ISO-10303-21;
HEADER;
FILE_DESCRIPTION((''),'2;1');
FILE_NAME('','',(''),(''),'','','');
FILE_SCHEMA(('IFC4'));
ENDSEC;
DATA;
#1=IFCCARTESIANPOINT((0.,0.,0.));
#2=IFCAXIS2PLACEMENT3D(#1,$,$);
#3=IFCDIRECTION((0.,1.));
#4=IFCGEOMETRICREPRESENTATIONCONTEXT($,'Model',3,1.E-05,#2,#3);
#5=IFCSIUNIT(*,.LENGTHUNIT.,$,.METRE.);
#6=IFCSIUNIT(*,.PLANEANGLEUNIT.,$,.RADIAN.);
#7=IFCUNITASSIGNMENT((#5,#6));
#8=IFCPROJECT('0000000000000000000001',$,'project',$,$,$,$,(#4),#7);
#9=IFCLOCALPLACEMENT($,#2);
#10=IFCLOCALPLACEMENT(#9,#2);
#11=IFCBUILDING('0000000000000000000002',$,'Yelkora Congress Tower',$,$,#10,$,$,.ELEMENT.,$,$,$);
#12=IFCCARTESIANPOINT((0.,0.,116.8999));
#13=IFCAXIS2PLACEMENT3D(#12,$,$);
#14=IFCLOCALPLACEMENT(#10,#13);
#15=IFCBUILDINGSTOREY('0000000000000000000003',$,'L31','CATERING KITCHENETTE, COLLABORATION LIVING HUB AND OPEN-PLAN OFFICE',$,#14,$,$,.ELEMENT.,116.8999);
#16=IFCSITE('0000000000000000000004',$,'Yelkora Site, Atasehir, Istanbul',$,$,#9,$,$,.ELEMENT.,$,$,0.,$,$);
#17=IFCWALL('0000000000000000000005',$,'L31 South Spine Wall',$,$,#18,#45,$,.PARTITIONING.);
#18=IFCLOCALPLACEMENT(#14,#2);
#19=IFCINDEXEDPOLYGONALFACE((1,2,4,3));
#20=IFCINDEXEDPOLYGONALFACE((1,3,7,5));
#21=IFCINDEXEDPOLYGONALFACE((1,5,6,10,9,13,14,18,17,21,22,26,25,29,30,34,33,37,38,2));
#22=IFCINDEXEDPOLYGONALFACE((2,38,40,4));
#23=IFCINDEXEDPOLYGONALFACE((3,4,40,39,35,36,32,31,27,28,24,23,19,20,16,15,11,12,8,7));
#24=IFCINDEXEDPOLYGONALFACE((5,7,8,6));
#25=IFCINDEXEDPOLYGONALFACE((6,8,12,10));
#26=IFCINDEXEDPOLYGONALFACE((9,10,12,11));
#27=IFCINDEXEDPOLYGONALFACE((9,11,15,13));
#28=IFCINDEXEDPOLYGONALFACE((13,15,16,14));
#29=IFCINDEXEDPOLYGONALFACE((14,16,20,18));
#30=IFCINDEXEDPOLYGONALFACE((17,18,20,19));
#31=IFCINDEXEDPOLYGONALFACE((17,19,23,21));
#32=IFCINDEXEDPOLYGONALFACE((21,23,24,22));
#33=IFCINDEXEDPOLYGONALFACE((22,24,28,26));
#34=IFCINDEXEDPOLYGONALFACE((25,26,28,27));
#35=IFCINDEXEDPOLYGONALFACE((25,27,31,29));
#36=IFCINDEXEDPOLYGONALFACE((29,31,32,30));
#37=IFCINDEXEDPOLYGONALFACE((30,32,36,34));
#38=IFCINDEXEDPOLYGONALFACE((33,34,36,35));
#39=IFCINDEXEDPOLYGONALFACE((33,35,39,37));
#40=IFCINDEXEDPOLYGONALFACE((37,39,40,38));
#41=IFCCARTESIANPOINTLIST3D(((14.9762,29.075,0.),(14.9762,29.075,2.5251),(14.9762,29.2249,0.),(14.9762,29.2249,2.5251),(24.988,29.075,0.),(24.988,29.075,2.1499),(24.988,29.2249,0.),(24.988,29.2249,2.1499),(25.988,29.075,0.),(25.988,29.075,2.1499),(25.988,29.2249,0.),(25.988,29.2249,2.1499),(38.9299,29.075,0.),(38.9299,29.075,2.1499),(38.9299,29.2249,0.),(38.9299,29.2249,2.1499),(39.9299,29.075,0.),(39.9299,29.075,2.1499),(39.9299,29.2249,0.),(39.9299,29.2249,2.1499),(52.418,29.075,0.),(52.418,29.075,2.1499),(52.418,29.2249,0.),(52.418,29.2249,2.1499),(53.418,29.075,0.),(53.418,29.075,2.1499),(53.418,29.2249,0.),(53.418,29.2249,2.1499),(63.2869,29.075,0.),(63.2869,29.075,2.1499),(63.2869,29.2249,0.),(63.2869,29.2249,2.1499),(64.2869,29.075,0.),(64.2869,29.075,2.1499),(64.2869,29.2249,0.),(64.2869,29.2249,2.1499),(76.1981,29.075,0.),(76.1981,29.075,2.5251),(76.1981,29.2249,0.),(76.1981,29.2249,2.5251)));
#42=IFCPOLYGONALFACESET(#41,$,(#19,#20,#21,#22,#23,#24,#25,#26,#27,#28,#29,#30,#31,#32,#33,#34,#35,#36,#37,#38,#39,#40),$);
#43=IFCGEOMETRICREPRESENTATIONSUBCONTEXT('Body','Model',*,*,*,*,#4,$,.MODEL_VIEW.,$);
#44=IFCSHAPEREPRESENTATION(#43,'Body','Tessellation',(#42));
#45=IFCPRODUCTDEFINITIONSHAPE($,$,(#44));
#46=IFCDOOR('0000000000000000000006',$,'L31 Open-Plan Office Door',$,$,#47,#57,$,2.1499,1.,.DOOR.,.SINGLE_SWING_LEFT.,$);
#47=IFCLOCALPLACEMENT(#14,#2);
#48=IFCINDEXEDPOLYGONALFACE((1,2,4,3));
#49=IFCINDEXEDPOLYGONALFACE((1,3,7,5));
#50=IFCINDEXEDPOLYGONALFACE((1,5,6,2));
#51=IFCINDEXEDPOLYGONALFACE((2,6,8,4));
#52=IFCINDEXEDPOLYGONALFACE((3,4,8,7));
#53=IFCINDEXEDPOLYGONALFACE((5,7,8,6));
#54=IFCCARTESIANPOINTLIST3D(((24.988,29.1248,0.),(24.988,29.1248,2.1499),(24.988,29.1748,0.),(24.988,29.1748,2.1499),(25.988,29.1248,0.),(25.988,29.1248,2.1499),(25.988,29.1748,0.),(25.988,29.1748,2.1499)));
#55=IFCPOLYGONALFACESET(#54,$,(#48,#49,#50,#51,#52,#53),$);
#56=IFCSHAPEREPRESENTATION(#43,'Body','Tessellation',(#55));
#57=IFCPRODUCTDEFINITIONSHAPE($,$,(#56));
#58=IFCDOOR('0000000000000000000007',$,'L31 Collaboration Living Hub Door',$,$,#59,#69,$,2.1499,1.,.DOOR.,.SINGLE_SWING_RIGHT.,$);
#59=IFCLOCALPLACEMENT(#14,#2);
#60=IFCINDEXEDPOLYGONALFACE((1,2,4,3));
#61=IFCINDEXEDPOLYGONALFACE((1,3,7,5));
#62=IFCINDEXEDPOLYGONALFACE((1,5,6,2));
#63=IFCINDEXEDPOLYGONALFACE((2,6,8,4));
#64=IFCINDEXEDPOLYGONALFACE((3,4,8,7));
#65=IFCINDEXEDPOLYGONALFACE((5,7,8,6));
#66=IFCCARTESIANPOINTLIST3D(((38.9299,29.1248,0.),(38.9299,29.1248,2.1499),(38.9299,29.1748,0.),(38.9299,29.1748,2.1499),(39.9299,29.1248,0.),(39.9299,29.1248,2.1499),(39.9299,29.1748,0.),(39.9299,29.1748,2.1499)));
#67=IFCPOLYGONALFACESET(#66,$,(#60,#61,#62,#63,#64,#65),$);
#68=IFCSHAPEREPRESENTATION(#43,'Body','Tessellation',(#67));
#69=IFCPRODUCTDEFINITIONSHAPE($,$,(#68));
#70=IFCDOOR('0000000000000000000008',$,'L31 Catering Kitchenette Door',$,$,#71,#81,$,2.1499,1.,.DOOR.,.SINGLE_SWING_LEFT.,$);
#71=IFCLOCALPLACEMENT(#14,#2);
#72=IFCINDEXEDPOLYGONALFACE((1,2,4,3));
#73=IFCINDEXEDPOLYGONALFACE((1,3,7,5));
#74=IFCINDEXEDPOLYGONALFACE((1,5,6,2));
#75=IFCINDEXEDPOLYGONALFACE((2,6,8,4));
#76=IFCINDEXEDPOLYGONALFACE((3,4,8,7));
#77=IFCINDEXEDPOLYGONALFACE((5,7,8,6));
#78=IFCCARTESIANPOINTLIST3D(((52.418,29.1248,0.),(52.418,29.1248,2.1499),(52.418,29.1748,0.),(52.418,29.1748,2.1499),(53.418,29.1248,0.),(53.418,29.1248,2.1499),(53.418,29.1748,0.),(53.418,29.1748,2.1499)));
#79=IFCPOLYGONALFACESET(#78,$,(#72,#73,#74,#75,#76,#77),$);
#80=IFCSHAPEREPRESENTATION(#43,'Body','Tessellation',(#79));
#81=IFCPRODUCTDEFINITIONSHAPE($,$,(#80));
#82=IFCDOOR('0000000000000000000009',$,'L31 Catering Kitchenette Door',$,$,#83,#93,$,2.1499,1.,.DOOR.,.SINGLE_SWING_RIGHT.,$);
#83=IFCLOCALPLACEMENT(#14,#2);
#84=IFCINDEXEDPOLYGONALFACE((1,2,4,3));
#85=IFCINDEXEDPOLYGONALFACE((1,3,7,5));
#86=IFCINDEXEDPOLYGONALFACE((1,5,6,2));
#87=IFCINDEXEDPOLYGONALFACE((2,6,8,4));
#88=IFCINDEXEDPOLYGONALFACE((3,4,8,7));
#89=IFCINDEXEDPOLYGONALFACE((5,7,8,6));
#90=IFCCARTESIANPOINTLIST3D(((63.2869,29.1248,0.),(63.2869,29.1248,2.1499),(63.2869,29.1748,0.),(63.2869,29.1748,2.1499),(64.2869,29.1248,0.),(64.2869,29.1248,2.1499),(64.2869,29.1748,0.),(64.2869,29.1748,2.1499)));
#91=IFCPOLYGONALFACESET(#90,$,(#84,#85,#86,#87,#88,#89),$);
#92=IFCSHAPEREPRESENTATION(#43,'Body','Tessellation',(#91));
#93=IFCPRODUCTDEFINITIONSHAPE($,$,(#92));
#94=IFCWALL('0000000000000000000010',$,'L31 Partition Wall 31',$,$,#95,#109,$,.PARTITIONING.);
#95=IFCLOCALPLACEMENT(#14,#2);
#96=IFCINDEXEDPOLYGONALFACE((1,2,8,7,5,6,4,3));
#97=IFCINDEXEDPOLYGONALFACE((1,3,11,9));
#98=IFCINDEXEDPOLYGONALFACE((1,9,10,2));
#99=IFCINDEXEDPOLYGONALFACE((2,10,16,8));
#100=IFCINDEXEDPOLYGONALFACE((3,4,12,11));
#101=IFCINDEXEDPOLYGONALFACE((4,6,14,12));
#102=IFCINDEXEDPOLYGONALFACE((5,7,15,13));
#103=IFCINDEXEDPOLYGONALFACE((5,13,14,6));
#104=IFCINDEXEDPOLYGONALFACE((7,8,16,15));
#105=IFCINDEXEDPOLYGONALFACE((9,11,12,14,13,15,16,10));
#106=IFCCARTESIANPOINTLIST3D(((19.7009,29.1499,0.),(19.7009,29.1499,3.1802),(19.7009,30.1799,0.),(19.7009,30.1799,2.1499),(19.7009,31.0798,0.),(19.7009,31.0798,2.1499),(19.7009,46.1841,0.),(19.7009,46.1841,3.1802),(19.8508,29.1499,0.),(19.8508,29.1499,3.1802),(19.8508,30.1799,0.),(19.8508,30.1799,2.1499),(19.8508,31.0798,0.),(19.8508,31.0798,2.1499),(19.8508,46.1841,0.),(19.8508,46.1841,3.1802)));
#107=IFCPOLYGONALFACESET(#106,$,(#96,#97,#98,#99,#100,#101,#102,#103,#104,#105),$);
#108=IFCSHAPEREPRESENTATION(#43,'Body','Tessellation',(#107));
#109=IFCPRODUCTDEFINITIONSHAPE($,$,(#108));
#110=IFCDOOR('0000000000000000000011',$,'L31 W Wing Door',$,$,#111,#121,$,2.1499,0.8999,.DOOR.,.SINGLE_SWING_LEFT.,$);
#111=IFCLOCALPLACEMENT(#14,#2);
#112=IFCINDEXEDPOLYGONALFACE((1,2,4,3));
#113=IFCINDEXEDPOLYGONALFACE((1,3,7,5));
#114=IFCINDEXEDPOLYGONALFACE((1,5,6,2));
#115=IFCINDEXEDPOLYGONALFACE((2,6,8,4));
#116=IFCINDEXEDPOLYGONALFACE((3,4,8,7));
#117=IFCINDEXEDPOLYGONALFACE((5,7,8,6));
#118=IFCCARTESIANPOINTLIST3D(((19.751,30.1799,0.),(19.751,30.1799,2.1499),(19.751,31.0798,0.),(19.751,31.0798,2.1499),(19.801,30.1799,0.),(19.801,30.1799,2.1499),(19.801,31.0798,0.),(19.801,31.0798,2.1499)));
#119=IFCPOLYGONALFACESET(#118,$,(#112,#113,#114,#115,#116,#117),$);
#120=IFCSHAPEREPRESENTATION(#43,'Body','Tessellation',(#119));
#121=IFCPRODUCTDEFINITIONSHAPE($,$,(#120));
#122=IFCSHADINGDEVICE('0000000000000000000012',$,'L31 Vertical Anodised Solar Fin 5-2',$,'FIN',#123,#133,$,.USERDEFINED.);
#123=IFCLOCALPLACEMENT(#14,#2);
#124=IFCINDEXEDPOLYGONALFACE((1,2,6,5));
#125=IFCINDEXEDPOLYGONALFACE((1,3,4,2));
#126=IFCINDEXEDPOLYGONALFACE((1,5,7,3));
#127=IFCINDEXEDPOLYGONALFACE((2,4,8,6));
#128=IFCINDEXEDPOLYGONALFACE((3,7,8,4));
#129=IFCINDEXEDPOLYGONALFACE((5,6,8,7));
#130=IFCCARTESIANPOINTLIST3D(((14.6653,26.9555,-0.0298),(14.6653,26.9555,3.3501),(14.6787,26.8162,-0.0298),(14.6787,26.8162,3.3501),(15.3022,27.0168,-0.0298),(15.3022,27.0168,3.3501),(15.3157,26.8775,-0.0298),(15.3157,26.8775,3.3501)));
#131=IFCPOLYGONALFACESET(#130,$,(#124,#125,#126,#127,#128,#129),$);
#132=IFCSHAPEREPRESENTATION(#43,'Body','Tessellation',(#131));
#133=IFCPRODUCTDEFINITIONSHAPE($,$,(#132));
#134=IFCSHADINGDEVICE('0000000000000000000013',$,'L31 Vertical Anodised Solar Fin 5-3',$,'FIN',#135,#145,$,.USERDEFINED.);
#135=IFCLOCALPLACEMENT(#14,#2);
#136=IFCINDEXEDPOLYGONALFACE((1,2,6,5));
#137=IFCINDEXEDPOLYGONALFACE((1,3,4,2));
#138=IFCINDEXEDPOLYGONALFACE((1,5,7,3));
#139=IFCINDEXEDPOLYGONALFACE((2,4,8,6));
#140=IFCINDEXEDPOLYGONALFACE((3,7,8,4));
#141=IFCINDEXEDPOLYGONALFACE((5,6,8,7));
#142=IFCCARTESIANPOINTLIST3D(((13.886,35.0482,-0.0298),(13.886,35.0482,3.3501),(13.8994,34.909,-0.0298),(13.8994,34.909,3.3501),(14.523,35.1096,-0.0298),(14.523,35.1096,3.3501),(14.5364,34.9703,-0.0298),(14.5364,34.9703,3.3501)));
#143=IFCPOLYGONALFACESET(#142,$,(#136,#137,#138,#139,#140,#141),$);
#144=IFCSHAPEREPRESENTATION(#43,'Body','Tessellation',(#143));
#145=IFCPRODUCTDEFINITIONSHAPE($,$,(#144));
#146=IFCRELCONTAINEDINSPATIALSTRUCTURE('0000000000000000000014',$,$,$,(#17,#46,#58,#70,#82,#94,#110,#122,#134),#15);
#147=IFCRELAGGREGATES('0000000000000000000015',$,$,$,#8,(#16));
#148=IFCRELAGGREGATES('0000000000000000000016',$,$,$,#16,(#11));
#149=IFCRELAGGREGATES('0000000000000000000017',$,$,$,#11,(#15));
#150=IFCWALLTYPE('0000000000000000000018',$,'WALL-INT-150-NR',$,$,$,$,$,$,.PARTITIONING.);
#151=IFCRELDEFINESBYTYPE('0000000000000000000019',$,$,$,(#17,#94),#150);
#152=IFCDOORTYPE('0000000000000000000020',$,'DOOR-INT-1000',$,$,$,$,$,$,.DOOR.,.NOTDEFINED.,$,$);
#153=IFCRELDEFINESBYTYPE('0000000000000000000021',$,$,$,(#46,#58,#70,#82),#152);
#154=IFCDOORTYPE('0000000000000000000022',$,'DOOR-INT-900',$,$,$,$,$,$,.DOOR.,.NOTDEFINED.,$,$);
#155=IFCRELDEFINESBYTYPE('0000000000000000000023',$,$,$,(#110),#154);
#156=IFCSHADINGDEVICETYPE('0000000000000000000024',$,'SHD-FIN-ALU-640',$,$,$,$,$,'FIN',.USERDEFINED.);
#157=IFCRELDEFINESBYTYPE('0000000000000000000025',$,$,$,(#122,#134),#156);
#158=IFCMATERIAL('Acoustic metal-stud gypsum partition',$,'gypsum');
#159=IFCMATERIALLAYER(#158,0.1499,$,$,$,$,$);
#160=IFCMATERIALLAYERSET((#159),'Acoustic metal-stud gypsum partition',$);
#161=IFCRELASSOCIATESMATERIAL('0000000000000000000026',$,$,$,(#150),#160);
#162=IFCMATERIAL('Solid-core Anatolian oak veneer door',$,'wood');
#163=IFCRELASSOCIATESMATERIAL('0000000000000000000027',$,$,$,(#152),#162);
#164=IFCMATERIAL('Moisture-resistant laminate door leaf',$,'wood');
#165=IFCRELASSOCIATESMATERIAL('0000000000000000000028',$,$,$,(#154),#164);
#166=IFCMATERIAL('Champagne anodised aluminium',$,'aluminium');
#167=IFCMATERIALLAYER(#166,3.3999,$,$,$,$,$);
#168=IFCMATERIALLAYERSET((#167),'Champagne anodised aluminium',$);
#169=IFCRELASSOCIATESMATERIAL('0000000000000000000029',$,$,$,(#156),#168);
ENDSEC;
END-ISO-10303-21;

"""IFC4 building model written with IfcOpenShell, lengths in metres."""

from ifc_helpers import new_model, si_unit, direction, frame, frame_2d, origin, origin_2d, place, context, subcontext, project, spatial, rectangle, extrude, material, layer, layer_set, type_object, element, fill, save


model = new_model("IFC4")

# Units and contexts
model_context = context("Model", 3, precision=1e-05, world=origin(), true_north=direction((0.0, 1.0)))
body_context = subcontext(model_context, "Body", "Model", "MODEL_VIEW")
ifc_project = project(units=[si_unit("LENGTHUNIT", "METRE"), si_unit("PLANEANGLEUNIT", "RADIAN")], contexts=[model_context])

# Site, building, storey
site_placement = place(None, origin())
site = spatial("IfcSite", under=ifc_project, at=site_placement, Name="Yelkora Site, Atasehir, Istanbul", CompositionType="ELEMENT", RefElevation=0.0)
building_placement = place(site_placement, origin())
building = spatial("IfcBuilding", under=site, at=building_placement, Name="Yelkora Congress Tower", CompositionType="ELEMENT")
storey_placement = place(building_placement, frame((0.0, 0.0, 116.8999)))
storey = spatial("IfcBuildingStorey", under=building, at=storey_placement, Name="L31", Description="CATERING KITCHENETTE, COLLABORATION LIVING HUB AND OPEN-PLAN OFFICE", CompositionType="ELEMENT", Elevation=116.8999)

# Wall, openings, doors
ifc_material_1 = material(Name="Acoustic metal-stud gypsum partition", Category="gypsum")
ifc_layer_1 = layer(ifc_material_1, 0.1499)
ifc_layer_set_1 = layer_set([ifc_layer_1], Name="Acoustic metal-stud gypsum partition")
wall_type = type_object("IfcWallType", Name="WALL-INT-150-NR", PredefinedType="PARTITIONING", material=ifc_layer_set_1)
wall_1_placement = place(storey_placement, frame((14.9763, 29.1499, 0.0), z_axis=(0.0, 0.0, 1.0), x_axis=(1.0, 0.0, 0.0)))
wall_1 = element("IfcWall", 1, at=wall_1_placement, inside=storey, type_object=wall_type, Name="L31 South Spine Wall", PredefinedType="PARTITIONING", context=body_context, shape_type="SweptSolid", body=[
    extrude(rectangle(XDim=61.2219, YDim=0.1499, at=frame_2d((30.6108, 0.0))), origin(), (0.0, 0.0, 1.0), 2.5251),
])
opening_1_placement = place(wall_1_placement, frame((10.0117, 0.0, 0.0)))
opening_1 = element("IfcOpeningElement", 2, at=opening_1_placement, cuts=wall_1, PredefinedType="OPENING", context=body_context, shape_type="SweptSolid", body=[
    extrude(rectangle(XDim=1.0, YDim=2.1499, at=frame_2d((0.5, 1.075))), frame((0.0, 0.085, 0.0), z_axis=(0.0, -1.0, 0.0), x_axis=(1.0, 0.0, 0.0)), (0.0, 0.0, 1.0), 0.1699),
])
opening_2_placement = place(wall_1_placement, frame((23.9536, 0.0, 0.0)))
opening_2 = element("IfcOpeningElement", 3, at=opening_2_placement, cuts=wall_1, PredefinedType="OPENING", context=body_context, shape_type="SweptSolid", body=[
    extrude(rectangle(XDim=1.0, YDim=2.1499, at=frame_2d((0.5, 1.075))), frame((0.0, 0.085, 0.0), z_axis=(0.0, -1.0, 0.0), x_axis=(1.0, 0.0, 0.0)), (0.0, 0.0, 1.0), 0.1699),
])
opening_3_placement = place(wall_1_placement, frame((37.4417, 0.0, 0.0)))
opening_3 = element("IfcOpeningElement", 4, at=opening_3_placement, cuts=wall_1, PredefinedType="OPENING", context=body_context, shape_type="SweptSolid", body=[
    extrude(rectangle(XDim=1.0, YDim=2.1499, at=frame_2d((0.5, 1.075))), frame((0.0, 0.085, 0.0), z_axis=(0.0, -1.0, 0.0), x_axis=(1.0, 0.0, 0.0)), (0.0, 0.0, 1.0), 0.1699),
])
opening_4_placement = place(wall_1_placement, frame((48.3105, 0.0, 0.0)))
opening_4 = element("IfcOpeningElement", 5, at=opening_4_placement, cuts=wall_1, PredefinedType="OPENING", context=body_context, shape_type="SweptSolid", body=[
    extrude(rectangle(XDim=1.0, YDim=2.1499, at=frame_2d((0.5, 1.075))), frame((0.0, 0.085, 0.0), z_axis=(0.0, -1.0, 0.0), x_axis=(1.0, 0.0, 0.0)), (0.0, 0.0, 1.0), 0.1699),
])
ifc_material_2 = material(Name="Solid-core Anatolian oak veneer door", Category="wood")
door_type_1 = type_object("IfcDoorType", Name="DOOR-INT-1000", OperationType="NOTDEFINED", PredefinedType="DOOR", material=ifc_material_2)
door_1_placement = place(opening_1_placement, origin())
door_1 = element("IfcDoor", 6, at=door_1_placement, inside=storey, type_object=door_type_1, Name="L31 Open-Plan Office Door", OperationType="SINGLE_SWING_LEFT", OverallHeight=2.1499, OverallWidth=1.0, PredefinedType="DOOR", context=body_context, shape_type="SweptSolid", body=[
    extrude(rectangle(XDim=1.0, YDim=2.1499, at=frame_2d((0.5, 1.075))), frame((0.0, 0.0249, 0.0), z_axis=(0.0, -1.0, 0.0), x_axis=(1.0, 0.0, 0.0)), (0.0, 0.0, 1.0), 0.05),
])
fill(opening_1, door_1)
door_2_placement = place(opening_2_placement, origin())
door_2 = element("IfcDoor", 7, at=door_2_placement, inside=storey, type_object=door_type_1, Name="L31 Collaboration Living Hub Door", OperationType="SINGLE_SWING_RIGHT", OverallHeight=2.1499, OverallWidth=1.0, PredefinedType="DOOR", context=body_context, shape_type="SweptSolid", body=[
    extrude(rectangle(XDim=1.0, YDim=2.1499, at=frame_2d((0.5, 1.075))), frame((0.0, 0.0249, 0.0), z_axis=(0.0, -1.0, 0.0), x_axis=(1.0, 0.0, 0.0)), (0.0, 0.0, 1.0), 0.05),
])
fill(opening_2, door_2)
door_3_placement = place(opening_3_placement, origin())
door_3 = element("IfcDoor", 8, at=door_3_placement, inside=storey, type_object=door_type_1, Name="L31 Catering Kitchenette Door", OperationType="SINGLE_SWING_LEFT", OverallHeight=2.1499, OverallWidth=1.0, PredefinedType="DOOR", context=body_context, shape_type="SweptSolid", body=[
    extrude(rectangle(XDim=1.0, YDim=2.1499, at=frame_2d((0.5, 1.075))), frame((0.0, 0.0249, 0.0), z_axis=(0.0, -1.0, 0.0), x_axis=(1.0, 0.0, 0.0)), (0.0, 0.0, 1.0), 0.05),
])
fill(opening_3, door_3)
door_4_placement = place(opening_4_placement, origin())
door_4 = element("IfcDoor", 9, at=door_4_placement, inside=storey, type_object=door_type_1, Name="L31 Catering Kitchenette Door", OperationType="SINGLE_SWING_RIGHT", OverallHeight=2.1499, OverallWidth=1.0, PredefinedType="DOOR", context=body_context, shape_type="SweptSolid", body=[
    extrude(rectangle(XDim=1.0, YDim=2.1499, at=frame_2d((0.5, 1.075))), frame((0.0, 0.0249, 0.0), z_axis=(0.0, -1.0, 0.0), x_axis=(1.0, 0.0, 0.0)), (0.0, 0.0, 1.0), 0.05),
])
fill(opening_4, door_4)

# Wall, opening, door
wall_2_placement = place(storey_placement, frame((19.7759, 29.1499, 0.0), z_axis=(0.0, 0.0, 1.0), x_axis=(0.0, 1.0, 0.0)))
wall_2 = element("IfcWall", 10, at=wall_2_placement, inside=storey, type_object=wall_type, Name="L31 Partition Wall 31", PredefinedType="PARTITIONING", context=body_context, shape_type="SweptSolid", body=[
    extrude(rectangle(XDim=17.0342, YDim=0.1499, at=frame_2d((8.5171, 0.0))), origin(), (0.0, 0.0, 1.0), 3.1802),
])
opening_5_placement = place(wall_2_placement, frame((1.03, 0.0, 0.0)))
opening_5 = element("IfcOpeningElement", 11, at=opening_5_placement, cuts=wall_2, PredefinedType="OPENING", context=body_context, shape_type="SweptSolid", body=[
    extrude(rectangle(XDim=0.8999, YDim=2.1499, at=frame_2d((0.45, 1.075))), frame((0.0, 0.085, 0.0), z_axis=(0.0, -1.0, 0.0), x_axis=(1.0, 0.0, 0.0)), (0.0, 0.0, 1.0), 0.1699),
])
ifc_material_3 = material(Name="Moisture-resistant laminate door leaf", Category="wood")
door_type_2 = type_object("IfcDoorType", Name="DOOR-INT-900", OperationType="NOTDEFINED", PredefinedType="DOOR", material=ifc_material_3)
door_5_placement = place(opening_5_placement, origin())
door_5 = element("IfcDoor", 12, at=door_5_placement, inside=storey, type_object=door_type_2, Name="L31 W Wing Door", OperationType="SINGLE_SWING_LEFT", OverallHeight=2.1499, OverallWidth=0.8999, PredefinedType="DOOR", context=body_context, shape_type="SweptSolid", body=[
    extrude(rectangle(XDim=0.8999, YDim=2.1499, at=frame_2d((0.45, 1.075))), frame((0.0, 0.0249, 0.0), z_axis=(0.0, -1.0, 0.0), x_axis=(1.0, 0.0, 0.0)), (0.0, 0.0, 1.0), 0.05),
])
fill(opening_5, door_5)

# Shading devices
ifc_material_4 = material(Name="Champagne anodised aluminium", Category="aluminium")
ifc_layer_2 = layer(ifc_material_4, 3.3999)
ifc_layer_set_2 = layer_set([ifc_layer_2], Name="Champagne anodised aluminium")
shading_device_type = type_object("IfcShadingDeviceType", Name="SHD-FIN-ALU-640", ElementType="FIN", PredefinedType="USERDEFINED", material=ifc_layer_set_2)
for number, where, z_axis, x_axis, name in (
    (13, (14.9905, 26.9165, -0.0298), (0.0, 0.0, 1.0), (-0.095846, 0.995396, 0.0), "L31 Vertical Anodised Solar Fin 5-2"),
    (14, (14.2112, 35.0093, -0.0298), (0.0, 0.0, 1.0), (-0.095846, 0.995396, 0.0), "L31 Vertical Anodised Solar Fin 5-3"),
):
    element("IfcShadingDevice", number, at=place(storey_placement, frame(where, z_axis=z_axis, x_axis=x_axis)), inside=storey, type_object=shading_device_type, Name=name, ObjectType="FIN", PredefinedType="USERDEFINED", context=body_context, shape_type="SweptSolid", body=[
        extrude(rectangle(XDim=0.1399, YDim=0.6399, at=origin_2d()), origin(), (0.0, 0.0, 1.0), 3.3799),
    ])

save(model, "model.ifc")
